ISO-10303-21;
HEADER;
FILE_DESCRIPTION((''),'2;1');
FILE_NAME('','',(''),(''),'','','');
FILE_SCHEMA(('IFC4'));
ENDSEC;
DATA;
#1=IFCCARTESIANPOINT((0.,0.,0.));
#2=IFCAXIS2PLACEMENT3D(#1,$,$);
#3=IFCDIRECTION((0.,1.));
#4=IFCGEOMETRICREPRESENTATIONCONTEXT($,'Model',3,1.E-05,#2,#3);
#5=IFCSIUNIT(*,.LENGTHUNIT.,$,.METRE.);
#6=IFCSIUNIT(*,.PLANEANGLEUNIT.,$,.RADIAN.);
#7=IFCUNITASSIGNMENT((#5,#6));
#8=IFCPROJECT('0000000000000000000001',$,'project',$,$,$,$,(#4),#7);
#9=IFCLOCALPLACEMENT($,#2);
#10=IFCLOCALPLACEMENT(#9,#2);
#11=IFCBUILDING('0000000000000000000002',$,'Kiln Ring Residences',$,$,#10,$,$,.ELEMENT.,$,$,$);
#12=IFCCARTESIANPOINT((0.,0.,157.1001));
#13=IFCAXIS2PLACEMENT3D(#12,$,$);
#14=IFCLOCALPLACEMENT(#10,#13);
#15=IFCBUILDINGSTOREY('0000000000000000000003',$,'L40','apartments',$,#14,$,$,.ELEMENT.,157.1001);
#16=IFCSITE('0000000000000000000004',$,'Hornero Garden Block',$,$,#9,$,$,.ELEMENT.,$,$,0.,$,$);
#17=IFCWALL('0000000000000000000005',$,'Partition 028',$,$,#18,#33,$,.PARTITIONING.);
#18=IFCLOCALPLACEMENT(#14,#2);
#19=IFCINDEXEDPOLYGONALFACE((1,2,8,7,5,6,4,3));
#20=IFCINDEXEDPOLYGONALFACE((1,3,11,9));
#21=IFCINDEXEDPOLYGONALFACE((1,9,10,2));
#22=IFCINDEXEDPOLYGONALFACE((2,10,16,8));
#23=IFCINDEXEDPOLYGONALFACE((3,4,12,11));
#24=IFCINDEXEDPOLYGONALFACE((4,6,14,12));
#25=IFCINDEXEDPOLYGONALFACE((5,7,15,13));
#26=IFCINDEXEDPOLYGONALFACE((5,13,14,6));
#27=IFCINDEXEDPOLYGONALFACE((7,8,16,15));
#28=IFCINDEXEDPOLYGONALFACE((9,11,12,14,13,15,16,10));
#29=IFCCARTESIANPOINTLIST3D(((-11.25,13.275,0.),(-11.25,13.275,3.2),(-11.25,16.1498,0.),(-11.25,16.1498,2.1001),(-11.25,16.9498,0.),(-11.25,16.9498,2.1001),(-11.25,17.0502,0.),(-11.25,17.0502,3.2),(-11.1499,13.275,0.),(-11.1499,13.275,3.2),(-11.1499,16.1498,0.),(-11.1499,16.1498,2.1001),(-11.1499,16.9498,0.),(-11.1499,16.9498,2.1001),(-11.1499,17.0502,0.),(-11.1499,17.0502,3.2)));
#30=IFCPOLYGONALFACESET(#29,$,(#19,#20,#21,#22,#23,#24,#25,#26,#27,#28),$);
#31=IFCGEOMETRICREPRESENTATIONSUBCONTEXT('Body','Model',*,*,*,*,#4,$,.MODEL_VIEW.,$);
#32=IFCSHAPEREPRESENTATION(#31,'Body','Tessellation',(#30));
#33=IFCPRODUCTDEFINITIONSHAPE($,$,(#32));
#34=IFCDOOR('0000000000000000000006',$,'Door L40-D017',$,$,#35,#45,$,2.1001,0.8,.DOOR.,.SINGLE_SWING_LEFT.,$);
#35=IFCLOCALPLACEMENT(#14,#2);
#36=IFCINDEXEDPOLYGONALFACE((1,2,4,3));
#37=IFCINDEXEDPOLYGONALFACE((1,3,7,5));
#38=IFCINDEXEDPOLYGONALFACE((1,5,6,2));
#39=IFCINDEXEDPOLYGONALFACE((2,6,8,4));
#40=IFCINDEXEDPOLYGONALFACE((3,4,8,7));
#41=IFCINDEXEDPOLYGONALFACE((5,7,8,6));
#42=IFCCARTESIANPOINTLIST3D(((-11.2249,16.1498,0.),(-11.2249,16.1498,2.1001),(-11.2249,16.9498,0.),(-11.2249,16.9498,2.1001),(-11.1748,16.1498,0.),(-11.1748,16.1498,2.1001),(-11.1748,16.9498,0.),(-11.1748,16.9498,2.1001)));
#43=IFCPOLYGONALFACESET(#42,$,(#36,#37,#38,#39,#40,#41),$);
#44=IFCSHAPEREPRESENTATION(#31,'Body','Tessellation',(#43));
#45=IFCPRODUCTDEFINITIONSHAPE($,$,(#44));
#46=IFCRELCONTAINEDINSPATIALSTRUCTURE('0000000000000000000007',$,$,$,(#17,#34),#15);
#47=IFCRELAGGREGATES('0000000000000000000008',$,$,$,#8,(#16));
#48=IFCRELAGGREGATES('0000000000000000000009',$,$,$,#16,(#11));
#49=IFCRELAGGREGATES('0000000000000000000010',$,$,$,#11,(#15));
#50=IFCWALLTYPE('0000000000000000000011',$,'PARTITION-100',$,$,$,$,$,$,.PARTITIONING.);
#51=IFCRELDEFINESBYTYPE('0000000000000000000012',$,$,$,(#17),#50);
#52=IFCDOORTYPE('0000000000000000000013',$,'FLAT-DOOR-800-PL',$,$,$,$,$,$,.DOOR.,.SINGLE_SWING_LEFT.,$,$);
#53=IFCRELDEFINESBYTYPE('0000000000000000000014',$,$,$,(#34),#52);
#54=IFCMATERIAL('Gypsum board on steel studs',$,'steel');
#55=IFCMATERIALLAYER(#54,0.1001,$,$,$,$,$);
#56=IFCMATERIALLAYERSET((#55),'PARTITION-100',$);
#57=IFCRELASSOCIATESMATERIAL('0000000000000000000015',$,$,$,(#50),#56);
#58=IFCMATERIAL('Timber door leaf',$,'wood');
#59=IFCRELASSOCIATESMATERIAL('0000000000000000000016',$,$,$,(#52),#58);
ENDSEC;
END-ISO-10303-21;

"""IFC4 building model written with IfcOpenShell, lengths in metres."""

from ifc_helpers import new_model, si_unit, direction, frame, frame_2d, origin, place, context, subcontext, project, spatial, rectangle, extrude, material, layer, layer_set, type_object, element, fill, save


model = new_model("IFC4")

# Units and contexts
model_context = context("Model", 3, precision=1e-05, world=origin(), true_north=direction((0.0, 1.0)))
body_context = subcontext(model_context, "Body", "Model", "MODEL_VIEW")
ifc_project = project(units=[si_unit("LENGTHUNIT", "METRE"), si_unit("PLANEANGLEUNIT", "RADIAN")], contexts=[model_context])

# Site, building, storey
site_placement = place(None, origin())
site = spatial("IfcSite", under=ifc_project, at=site_placement, Name="Hornero Garden Block", CompositionType="ELEMENT", RefElevation=0.0)
building_placement = place(site_placement, origin())
building = spatial("IfcBuilding", under=site, at=building_placement, Name="Kiln Ring Residences", CompositionType="ELEMENT")
storey_placement = place(building_placement, frame((0.0, 0.0, 157.1001)))
storey = spatial("IfcBuildingStorey", under=building, at=storey_placement, Name="L40", Description="apartments", CompositionType="ELEMENT", Elevation=157.1001)

# Shared definitions
ifc_material_1 = material(Name="Gypsum board on steel studs", Category="steel")
ifc_layer_1 = layer(ifc_material_1, 0.1001)
ifc_layer_set_1 = layer_set([ifc_layer_1], Name="PARTITION-100")
wall_type_1 = type_object("IfcWallType", Name="PARTITION-100", PredefinedType="PARTITIONING", material=ifc_layer_set_1)

# Wall, opening, door
wall_1_placement = place(storey_placement, frame((-11.2, 13.2749, 0.0), z_axis=(0.0, 0.0, 1.0), x_axis=(0.0, 1.0, 0.0)))
wall_1 = element("IfcWall", 1, at=wall_1_placement, inside=storey, type_object=wall_type_1, Name="Partition 028", PredefinedType="PARTITIONING", context=body_context, shape_type="SweptSolid", body=[
    extrude(rectangle(XDim=3.7751, YDim=0.1001, at=frame_2d((1.8877, 0.0))), origin(), (0.0, 0.0, 1.0), 3.2),
])
opening_1_placement = place(wall_1_placement, frame((2.875, 0.0, 0.0)))
opening_1 = element("IfcOpeningElement", 2, at=opening_1_placement, cuts=wall_1, PredefinedType="OPENING", context=body_context, shape_type="SweptSolid", body=[
    extrude(rectangle(XDim=0.8, YDim=2.1001, at=frame_2d((0.3999, 1.05))), frame((0.0, 0.0601, 0.0), z_axis=(0.0, -1.0, 0.0), x_axis=(1.0, 0.0, 0.0)), (0.0, 0.0, 1.0), 0.1201),
])
ifc_material_2 = material(Name="Timber door leaf", Category="wood")
door_type = type_object("IfcDoorType", Name="FLAT-DOOR-800-PL", OperationType="SINGLE_SWING_LEFT", PredefinedType="DOOR", material=ifc_material_2)
door_placement = place(opening_1_placement, origin())
door = element("IfcDoor", 3, at=door_placement, inside=storey, type_object=door_type, Name="Door L40-D017", OperationType="SINGLE_SWING_LEFT", OverallHeight=2.1001, OverallWidth=0.8, PredefinedType="DOOR", context=body_context, shape_type="SweptSolid", body=[
    extrude(rectangle(XDim=0.8, YDim=2.1001, at=frame_2d((0.3999, 1.05))), frame((0.0, 0.0249, 0.0), z_axis=(0.0, -1.0, 0.0), x_axis=(1.0, 0.0, 0.0)), (0.0, 0.0, 1.0), 0.05),
])
fill(opening_1, door)

save(model, "model.ifc")
